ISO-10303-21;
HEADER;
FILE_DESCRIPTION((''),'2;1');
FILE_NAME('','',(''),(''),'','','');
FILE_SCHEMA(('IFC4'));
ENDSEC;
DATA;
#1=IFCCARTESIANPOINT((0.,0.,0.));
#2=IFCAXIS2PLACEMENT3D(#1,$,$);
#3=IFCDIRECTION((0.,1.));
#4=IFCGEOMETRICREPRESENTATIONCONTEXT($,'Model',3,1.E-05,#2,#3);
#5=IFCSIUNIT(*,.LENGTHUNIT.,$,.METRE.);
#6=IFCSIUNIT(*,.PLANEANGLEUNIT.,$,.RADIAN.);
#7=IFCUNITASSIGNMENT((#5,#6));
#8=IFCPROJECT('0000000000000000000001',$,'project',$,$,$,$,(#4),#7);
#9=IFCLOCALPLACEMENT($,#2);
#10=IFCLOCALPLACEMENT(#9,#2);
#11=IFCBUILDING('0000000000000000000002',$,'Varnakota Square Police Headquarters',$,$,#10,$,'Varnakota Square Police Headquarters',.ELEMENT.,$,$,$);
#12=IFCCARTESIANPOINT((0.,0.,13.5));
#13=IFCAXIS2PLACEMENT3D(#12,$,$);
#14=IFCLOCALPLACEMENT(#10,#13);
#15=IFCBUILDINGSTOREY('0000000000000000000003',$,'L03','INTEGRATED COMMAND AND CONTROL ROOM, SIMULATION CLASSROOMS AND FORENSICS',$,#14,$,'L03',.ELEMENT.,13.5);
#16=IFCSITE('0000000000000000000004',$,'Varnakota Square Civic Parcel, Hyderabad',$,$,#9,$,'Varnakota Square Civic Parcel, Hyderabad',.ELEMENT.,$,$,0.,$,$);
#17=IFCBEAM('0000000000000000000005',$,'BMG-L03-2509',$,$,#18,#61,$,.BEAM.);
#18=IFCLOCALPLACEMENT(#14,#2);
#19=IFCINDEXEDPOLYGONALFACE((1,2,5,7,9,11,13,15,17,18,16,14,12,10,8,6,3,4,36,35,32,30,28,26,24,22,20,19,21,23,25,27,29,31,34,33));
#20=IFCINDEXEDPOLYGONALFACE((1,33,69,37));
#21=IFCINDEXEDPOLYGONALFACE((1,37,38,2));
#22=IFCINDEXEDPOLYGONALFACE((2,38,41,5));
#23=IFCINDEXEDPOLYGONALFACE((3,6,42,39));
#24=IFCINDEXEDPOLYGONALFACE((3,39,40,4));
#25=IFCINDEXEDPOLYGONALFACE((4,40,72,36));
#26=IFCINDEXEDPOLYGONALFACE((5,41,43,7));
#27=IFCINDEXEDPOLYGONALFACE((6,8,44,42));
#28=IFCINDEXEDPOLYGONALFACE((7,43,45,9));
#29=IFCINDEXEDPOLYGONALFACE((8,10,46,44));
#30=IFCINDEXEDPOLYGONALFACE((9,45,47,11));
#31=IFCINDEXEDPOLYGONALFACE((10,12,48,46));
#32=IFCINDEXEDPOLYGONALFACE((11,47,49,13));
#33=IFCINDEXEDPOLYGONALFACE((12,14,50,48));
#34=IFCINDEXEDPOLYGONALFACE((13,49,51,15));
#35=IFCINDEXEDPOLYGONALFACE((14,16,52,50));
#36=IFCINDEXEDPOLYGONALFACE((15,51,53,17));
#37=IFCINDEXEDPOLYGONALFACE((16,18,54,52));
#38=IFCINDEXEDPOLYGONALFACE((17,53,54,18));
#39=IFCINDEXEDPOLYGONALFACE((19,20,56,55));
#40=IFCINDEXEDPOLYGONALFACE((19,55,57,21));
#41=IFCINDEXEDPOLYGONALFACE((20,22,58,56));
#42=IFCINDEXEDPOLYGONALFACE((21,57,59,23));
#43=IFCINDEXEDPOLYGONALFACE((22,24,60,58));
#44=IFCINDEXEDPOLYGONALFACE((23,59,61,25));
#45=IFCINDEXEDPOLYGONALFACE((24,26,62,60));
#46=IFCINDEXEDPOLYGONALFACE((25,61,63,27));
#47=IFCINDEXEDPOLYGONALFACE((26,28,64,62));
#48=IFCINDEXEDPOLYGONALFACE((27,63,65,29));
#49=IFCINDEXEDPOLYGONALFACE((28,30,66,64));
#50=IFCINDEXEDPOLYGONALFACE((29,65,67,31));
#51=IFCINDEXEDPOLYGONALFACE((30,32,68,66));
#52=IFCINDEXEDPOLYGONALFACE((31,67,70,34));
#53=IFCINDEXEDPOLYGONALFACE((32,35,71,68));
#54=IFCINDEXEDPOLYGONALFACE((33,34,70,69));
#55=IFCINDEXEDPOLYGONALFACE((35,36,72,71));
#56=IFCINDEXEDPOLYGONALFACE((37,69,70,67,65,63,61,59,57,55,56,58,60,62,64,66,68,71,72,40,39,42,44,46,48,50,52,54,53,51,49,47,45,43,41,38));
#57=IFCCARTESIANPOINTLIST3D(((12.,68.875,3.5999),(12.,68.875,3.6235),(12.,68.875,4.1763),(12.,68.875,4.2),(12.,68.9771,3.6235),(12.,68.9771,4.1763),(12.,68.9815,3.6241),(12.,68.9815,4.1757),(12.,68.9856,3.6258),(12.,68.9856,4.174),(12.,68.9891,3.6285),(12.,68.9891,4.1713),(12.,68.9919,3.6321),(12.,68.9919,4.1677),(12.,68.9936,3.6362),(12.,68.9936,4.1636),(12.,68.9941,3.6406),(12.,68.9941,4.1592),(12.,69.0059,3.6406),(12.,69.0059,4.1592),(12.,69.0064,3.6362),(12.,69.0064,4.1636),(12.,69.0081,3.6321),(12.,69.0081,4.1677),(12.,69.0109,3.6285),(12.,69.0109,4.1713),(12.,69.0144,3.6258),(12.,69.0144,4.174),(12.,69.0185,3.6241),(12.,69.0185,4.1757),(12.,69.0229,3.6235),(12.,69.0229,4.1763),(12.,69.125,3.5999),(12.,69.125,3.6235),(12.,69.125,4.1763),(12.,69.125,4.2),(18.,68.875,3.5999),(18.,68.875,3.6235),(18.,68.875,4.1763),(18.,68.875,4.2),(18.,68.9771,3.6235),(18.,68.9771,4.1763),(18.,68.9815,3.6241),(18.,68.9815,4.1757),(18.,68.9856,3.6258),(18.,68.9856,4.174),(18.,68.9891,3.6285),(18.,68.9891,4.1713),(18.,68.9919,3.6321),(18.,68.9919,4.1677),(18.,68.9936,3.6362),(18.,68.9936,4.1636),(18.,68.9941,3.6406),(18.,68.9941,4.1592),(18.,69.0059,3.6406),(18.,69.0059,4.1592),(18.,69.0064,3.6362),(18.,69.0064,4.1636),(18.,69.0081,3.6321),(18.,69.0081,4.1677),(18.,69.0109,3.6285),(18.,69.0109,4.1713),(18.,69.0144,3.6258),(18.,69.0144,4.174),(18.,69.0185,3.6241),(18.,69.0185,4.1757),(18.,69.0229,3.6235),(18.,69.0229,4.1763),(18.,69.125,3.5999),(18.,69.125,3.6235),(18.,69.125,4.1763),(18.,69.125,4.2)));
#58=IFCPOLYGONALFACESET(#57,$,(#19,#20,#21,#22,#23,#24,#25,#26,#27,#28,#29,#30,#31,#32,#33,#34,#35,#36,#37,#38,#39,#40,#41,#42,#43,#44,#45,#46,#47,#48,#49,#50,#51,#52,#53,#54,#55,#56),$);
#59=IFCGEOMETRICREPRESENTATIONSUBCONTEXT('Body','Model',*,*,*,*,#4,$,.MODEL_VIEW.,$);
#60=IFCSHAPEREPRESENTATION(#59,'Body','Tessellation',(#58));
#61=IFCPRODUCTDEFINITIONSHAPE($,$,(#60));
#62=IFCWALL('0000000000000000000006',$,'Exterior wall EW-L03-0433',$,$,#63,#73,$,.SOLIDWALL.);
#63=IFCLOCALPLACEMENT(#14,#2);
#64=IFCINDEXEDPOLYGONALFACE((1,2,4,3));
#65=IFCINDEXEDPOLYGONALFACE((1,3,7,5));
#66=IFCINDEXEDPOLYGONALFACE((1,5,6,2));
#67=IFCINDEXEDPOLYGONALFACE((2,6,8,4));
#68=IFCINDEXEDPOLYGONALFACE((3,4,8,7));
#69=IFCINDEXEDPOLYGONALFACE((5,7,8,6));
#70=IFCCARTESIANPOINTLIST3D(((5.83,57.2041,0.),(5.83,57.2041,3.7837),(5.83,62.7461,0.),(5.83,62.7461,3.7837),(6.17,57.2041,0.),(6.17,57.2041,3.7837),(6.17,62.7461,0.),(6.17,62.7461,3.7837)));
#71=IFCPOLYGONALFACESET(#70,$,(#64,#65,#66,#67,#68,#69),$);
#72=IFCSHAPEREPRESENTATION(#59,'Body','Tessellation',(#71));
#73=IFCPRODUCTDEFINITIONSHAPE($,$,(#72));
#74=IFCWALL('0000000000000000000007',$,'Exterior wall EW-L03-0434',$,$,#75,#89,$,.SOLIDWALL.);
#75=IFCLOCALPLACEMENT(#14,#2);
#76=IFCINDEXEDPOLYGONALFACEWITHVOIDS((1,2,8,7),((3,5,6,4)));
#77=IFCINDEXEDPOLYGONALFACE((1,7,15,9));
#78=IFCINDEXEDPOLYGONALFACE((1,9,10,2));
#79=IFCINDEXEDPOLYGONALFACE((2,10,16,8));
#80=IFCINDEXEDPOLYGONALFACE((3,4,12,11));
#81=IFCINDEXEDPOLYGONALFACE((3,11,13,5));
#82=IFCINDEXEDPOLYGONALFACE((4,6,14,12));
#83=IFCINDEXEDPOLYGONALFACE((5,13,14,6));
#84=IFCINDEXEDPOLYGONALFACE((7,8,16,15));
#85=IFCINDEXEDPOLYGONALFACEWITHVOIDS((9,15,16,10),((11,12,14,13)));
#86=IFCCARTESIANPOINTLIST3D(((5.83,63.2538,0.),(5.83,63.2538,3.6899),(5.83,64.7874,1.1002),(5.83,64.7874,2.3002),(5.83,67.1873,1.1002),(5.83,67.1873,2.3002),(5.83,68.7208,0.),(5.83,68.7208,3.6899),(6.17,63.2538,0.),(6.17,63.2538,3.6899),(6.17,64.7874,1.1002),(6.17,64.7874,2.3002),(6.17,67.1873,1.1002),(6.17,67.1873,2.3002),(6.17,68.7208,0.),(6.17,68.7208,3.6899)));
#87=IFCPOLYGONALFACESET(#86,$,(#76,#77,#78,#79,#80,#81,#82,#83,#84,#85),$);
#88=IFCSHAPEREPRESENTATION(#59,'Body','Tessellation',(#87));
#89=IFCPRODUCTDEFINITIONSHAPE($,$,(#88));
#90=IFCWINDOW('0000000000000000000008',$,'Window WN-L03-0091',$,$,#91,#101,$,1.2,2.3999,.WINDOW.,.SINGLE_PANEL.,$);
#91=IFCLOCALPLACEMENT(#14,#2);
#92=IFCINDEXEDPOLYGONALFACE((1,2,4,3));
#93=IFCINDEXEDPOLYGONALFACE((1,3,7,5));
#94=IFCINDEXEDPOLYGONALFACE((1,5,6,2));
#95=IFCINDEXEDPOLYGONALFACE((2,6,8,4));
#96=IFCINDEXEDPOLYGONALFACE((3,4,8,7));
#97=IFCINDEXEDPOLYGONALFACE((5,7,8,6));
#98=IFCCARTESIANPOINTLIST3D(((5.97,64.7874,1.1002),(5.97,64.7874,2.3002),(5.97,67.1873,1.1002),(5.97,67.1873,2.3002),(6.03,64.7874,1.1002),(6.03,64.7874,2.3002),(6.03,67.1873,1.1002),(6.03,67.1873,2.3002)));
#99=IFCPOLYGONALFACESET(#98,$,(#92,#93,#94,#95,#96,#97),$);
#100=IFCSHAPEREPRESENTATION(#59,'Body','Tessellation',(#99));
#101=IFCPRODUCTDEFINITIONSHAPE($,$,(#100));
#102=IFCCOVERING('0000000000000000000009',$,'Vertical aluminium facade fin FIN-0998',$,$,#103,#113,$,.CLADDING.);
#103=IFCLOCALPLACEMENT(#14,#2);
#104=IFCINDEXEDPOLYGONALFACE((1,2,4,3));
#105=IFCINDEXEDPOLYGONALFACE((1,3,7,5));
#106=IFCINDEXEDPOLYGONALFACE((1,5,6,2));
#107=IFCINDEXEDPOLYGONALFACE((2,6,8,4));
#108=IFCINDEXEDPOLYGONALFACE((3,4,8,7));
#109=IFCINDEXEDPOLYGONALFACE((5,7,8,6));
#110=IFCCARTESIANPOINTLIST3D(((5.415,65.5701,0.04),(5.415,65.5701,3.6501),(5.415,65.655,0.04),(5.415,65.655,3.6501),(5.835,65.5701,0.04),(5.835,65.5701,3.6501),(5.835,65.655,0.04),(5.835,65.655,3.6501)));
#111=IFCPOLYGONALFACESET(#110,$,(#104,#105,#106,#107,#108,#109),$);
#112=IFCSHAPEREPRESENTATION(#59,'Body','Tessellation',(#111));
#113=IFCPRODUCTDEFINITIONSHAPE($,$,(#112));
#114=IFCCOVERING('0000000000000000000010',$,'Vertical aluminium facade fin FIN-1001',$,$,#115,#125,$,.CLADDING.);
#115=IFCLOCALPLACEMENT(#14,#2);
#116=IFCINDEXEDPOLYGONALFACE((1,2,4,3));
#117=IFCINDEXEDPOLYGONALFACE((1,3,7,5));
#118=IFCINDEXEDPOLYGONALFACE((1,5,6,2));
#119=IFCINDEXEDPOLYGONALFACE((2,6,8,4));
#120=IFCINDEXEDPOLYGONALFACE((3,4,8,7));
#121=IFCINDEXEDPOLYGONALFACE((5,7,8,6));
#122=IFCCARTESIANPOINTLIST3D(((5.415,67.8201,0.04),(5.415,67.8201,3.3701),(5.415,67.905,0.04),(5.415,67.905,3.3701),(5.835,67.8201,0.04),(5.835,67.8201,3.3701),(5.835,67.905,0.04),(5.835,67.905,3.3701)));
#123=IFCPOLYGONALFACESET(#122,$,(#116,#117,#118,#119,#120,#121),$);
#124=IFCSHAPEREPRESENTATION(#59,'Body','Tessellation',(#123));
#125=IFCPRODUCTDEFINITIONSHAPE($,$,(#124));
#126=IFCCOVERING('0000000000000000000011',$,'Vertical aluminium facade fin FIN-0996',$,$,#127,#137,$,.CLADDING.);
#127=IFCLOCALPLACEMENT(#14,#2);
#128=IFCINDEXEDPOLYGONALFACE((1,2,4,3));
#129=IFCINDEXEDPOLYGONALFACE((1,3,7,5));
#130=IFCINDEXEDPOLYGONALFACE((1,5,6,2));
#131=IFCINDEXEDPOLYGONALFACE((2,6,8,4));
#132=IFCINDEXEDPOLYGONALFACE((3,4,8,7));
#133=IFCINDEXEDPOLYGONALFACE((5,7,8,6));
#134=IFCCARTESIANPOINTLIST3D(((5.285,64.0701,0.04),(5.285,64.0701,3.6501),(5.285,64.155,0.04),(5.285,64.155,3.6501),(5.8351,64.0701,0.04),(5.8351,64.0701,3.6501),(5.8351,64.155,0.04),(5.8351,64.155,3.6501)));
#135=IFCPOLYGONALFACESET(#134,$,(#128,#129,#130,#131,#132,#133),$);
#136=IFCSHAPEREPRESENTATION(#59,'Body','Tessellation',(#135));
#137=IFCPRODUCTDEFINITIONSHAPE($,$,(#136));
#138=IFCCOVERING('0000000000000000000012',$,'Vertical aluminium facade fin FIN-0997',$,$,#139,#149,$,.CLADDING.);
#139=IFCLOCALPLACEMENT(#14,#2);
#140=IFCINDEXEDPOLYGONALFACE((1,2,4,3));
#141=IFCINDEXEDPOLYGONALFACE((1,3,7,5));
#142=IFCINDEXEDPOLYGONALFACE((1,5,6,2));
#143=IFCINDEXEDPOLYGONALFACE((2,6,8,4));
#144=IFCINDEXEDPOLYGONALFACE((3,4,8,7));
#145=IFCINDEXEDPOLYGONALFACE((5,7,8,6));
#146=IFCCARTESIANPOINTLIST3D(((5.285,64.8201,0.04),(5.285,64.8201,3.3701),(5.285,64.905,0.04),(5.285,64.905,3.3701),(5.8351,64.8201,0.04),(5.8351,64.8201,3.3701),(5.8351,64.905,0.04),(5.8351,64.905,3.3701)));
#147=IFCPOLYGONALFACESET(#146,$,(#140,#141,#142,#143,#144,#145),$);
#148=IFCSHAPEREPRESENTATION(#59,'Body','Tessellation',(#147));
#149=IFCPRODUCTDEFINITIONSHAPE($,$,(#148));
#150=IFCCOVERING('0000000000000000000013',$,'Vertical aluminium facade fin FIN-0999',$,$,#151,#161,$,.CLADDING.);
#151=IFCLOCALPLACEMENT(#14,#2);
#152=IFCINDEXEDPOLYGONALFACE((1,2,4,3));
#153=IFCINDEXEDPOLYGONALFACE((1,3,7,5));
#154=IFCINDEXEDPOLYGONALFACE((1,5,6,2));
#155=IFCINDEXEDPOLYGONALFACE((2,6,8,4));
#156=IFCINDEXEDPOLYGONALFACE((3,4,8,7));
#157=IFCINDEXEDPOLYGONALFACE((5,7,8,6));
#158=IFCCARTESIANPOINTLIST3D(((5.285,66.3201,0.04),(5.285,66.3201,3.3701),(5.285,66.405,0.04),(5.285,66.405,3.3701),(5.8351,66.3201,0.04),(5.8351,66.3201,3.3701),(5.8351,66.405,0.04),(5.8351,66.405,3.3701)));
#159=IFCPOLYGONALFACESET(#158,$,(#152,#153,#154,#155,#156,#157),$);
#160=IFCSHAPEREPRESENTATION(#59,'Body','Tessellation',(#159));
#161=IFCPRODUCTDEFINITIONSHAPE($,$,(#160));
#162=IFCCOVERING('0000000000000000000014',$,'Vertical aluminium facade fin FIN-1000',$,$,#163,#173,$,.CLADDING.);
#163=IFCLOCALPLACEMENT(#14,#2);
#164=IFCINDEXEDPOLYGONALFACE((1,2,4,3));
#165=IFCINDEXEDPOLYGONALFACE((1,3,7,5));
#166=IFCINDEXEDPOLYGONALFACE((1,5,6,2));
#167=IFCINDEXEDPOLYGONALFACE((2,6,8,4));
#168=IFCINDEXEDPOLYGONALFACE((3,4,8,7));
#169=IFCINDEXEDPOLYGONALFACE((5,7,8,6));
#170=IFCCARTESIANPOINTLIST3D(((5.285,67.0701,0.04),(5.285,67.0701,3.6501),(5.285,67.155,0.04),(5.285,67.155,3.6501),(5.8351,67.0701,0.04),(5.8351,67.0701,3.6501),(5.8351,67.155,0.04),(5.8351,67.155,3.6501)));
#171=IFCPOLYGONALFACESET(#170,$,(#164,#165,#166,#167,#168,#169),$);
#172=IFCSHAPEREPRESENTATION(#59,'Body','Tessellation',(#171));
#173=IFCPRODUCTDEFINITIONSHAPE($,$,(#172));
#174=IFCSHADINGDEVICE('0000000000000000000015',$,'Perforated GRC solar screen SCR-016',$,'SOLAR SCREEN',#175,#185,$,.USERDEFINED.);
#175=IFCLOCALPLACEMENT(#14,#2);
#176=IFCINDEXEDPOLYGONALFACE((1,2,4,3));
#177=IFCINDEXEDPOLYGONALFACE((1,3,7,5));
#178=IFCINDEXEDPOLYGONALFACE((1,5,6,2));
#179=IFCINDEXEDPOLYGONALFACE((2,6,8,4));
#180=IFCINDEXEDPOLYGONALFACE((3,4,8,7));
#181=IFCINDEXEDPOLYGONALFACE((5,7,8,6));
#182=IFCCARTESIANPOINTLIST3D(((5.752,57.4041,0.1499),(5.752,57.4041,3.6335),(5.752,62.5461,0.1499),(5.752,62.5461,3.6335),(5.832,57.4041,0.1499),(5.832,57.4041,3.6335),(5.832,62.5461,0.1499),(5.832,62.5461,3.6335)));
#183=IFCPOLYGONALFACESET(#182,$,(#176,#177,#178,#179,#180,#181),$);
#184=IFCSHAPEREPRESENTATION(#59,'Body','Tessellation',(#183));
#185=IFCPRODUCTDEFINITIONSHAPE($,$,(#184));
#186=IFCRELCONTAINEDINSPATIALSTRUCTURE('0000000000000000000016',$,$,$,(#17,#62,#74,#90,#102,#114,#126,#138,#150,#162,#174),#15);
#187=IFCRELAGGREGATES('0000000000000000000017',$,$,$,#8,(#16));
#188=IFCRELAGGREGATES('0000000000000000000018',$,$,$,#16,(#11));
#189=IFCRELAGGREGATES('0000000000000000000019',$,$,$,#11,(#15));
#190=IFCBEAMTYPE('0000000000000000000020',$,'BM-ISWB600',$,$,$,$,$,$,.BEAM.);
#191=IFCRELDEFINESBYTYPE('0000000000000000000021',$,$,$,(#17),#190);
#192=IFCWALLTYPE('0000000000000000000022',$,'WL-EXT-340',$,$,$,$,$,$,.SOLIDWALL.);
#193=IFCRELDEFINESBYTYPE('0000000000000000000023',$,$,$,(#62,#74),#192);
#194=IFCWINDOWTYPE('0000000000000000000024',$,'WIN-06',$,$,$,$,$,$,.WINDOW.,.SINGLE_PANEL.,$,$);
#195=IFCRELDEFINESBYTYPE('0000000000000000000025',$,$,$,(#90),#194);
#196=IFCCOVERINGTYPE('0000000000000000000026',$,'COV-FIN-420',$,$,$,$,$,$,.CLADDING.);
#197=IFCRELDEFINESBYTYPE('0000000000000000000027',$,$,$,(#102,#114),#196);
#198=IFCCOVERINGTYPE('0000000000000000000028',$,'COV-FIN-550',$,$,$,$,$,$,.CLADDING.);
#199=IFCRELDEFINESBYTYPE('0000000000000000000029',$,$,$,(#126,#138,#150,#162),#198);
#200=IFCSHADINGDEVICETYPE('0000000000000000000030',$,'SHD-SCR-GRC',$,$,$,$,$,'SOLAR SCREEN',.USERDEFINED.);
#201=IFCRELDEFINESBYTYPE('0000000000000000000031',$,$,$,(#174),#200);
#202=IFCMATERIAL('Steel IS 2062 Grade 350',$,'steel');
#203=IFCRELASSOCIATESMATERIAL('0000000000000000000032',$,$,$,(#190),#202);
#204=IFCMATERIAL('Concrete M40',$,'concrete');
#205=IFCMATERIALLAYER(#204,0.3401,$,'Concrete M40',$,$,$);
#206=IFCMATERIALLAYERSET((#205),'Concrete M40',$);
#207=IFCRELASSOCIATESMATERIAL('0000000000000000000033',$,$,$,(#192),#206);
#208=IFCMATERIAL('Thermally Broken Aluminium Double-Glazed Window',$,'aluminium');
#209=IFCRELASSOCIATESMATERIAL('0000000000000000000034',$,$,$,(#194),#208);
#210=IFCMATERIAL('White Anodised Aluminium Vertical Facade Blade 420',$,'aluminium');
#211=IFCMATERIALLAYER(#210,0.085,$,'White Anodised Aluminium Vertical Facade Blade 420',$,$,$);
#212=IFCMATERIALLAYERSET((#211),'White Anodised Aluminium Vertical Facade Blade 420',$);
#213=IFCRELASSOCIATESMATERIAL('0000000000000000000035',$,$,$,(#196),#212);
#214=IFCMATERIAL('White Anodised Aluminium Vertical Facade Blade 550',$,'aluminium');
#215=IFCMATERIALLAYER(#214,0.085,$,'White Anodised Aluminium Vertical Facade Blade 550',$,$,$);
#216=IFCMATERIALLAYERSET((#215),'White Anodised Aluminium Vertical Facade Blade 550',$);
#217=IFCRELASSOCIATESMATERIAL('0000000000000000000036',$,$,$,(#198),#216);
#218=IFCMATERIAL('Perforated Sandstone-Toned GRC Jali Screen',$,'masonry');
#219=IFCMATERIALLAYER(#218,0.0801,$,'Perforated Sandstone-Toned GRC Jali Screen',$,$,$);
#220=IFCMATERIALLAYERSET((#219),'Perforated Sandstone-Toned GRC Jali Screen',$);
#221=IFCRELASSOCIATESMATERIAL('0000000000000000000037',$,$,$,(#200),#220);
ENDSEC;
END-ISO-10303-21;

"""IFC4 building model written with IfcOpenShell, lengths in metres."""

from ifc_helpers import new_model, si_unit, direction, frame, frame_2d, origin, origin_2d, place, context, subcontext, project, spatial, rectangle, i_section, extrude, material, layer, layer_set, material_profile, profile_set, type_object, element, fill, save


model = new_model("IFC4")

# Units and contexts
model_context = context("Model", 3, precision=1e-05, world=origin(), true_north=direction((0.0, 1.0)))
body_context = subcontext(model_context, "Body", "Model", "MODEL_VIEW")
ifc_project = project(units=[si_unit("LENGTHUNIT", "METRE"), si_unit("PLANEANGLEUNIT", "RADIAN")], contexts=[model_context])

# Site, building, storey
site_placement = place(None, origin())
site = spatial("IfcSite", under=ifc_project, at=site_placement, Name="Varnakota Square Civic Parcel, Hyderabad", LongName="Varnakota Square Civic Parcel, Hyderabad", CompositionType="ELEMENT", RefElevation=0.0)
building_placement = place(site_placement, origin())
building = spatial("IfcBuilding", under=site, at=building_placement, Name="Varnakota Square Police Headquarters", LongName="Varnakota Square Police Headquarters", CompositionType="ELEMENT")
storey_placement = place(building_placement, frame((0.0, 0.0, 13.5)))
storey = spatial("IfcBuildingStorey", under=building, at=storey_placement, Name="L03", Description="INTEGRATED COMMAND AND CONTROL ROOM, SIMULATION CLASSROOMS AND FORENSICS", LongName="L03", CompositionType="ELEMENT", Elevation=13.5)

# Shared definitions
ifc_material_1 = material(Name="Steel IS 2062 Grade 350", Category="steel")

# Beam
ifc_material_profile_1 = material_profile(ifc_material_1, i_section(OverallWidth=0.25, OverallDepth=0.6001, WebThickness=0.0117, FlangeThickness=0.0237, FilletRadius=0.0171, at=origin_2d()), Name="ISWB 600")
ifc_profile_set_1 = profile_set([ifc_material_profile_1], Name="Steel IS 2062 Grade 350")
beam_type_1 = type_object("IfcBeamType", Name="BM-ISWB600", PredefinedType="BEAM", material=ifc_profile_set_1)
for number, where, z_axis, x_axis, name in (
    (1, (12.0, 69.0, 3.8999), (1.0, 0.0, 0.0), (0.0, 1.0, 0.0), "BMG-L03-2509"),
):
    element("IfcBeam", number, at=place(storey_placement, frame(where, z_axis=z_axis, x_axis=x_axis)), inside=storey, type_object=beam_type_1, Name=name, PredefinedType="BEAM", context=body_context, shape_type="SweptSolid", body=[
        extrude(i_section(OverallWidth=0.25, OverallDepth=0.6001, WebThickness=0.0117, FlangeThickness=0.0237, FilletRadius=0.0171, at=origin_2d()), origin(), (0.0, 0.0, 1.0), 6.0),
    ])

# Wall
ifc_material_2 = material(Name="Concrete M40", Category="concrete")
ifc_layer_1 = layer(ifc_material_2, 0.3401, Name="Concrete M40")
ifc_layer_set_1 = layer_set([ifc_layer_1], Name="Concrete M40")
wall_type = type_object("IfcWallType", Name="WL-EXT-340", PredefinedType="SOLIDWALL", material=ifc_layer_set_1)
wall_1_placement = place(storey_placement, frame((6.0, 57.2041, 0.0), z_axis=(0.0, 0.0, 1.0), x_axis=(0.0, 1.0, 0.0)))
element("IfcWall", 2, at=wall_1_placement, inside=storey, type_object=wall_type, Name="Exterior wall EW-L03-0433", PredefinedType="SOLIDWALL", context=body_context, shape_type="SweptSolid", body=[
    extrude(rectangle(XDim=5.542, YDim=0.3401, at=frame_2d((2.771, 0.0))), origin(), (0.0, 0.0, 1.0), 3.7837),
])

# Wall, opening, window
wall_2_placement = place(storey_placement, frame((6.0, 63.2539, 0.0), z_axis=(0.0, 0.0, 1.0), x_axis=(0.0, 1.0, 0.0)))
wall_2 = element("IfcWall", 3, at=wall_2_placement, inside=storey, type_object=wall_type, Name="Exterior wall EW-L03-0434", PredefinedType="SOLIDWALL", context=body_context, shape_type="SweptSolid", body=[
    extrude(rectangle(XDim=5.467, YDim=0.3401, at=frame_2d((2.7334, 0.0))), origin(), (0.0, 0.0, 1.0), 3.6899),
])
opening_placement = place(wall_2_placement, frame((1.5334, 0.0, 1.1001)))
opening = element("IfcOpeningElement", 4, at=opening_placement, cuts=wall_2, PredefinedType="OPENING", context=body_context, shape_type="SweptSolid", body=[
    extrude(rectangle(XDim=2.3999, YDim=1.2, at=frame_2d((1.2, 0.6001))), frame((0.0, 0.1799, 0.0), z_axis=(0.0, -1.0, 0.0), x_axis=(1.0, 0.0, 0.0)), (0.0, 0.0, 1.0), 0.3601),
])
ifc_material_3 = material(Name="Thermally Broken Aluminium Double-Glazed Window", Category="aluminium")
window_type = type_object("IfcWindowType", Name="WIN-06", PartitioningType="SINGLE_PANEL", PredefinedType="WINDOW", material=ifc_material_3)
window_placement = place(opening_placement, origin())
window = element("IfcWindow", 5, at=window_placement, inside=storey, type_object=window_type, Name="Window WN-L03-0091", OverallHeight=1.2, OverallWidth=2.3999, PartitioningType="SINGLE_PANEL", PredefinedType="WINDOW", context=body_context, shape_type="SweptSolid", body=[
    extrude(rectangle(XDim=2.3999, YDim=1.2, at=frame_2d((1.2, 0.6001))), frame((0.0, 0.03, 0.0), z_axis=(0.0, -1.0, 0.0), x_axis=(1.0, 0.0, 0.0)), (0.0, 0.0, 1.0), 0.0601),
])
fill(opening, window)

# Coverings
ifc_material_4 = material(Name="White Anodised Aluminium Vertical Facade Blade 420", Category="aluminium")
ifc_layer_2 = layer(ifc_material_4, 0.085, Name="White Anodised Aluminium Vertical Facade Blade 420")
ifc_layer_set_2 = layer_set([ifc_layer_2], Name="White Anodised Aluminium Vertical Facade Blade 420")
covering_type_1 = type_object("IfcCoveringType", Name="COV-FIN-420", PredefinedType="CLADDING", material=ifc_layer_set_2)
covering_1_placement = place(storey_placement, frame((5.625, 65.6125, 0.04), z_axis=(0.0, 0.0, 1.0), x_axis=(0.0, 1.0, 0.0)))
element("IfcCovering", 6, at=covering_1_placement, inside=storey, type_object=covering_type_1, Name="Vertical aluminium facade fin FIN-0998", PredefinedType="CLADDING", context=body_context, shape_type="SweptSolid", body=[
    extrude(rectangle(XDim=0.085, YDim=0.4199, at=origin_2d()), origin(), (0.0, 0.0, 1.0), 3.6101),
])
covering_2_placement = place(storey_placement, frame((5.625, 67.8625, 0.04), z_axis=(0.0, 0.0, 1.0), x_axis=(0.0, 1.0, 0.0)))
element("IfcCovering", 7, at=covering_2_placement, inside=storey, type_object=covering_type_1, Name="Vertical aluminium facade fin FIN-1001", PredefinedType="CLADDING", context=body_context, shape_type="SweptSolid", body=[
    extrude(rectangle(XDim=0.085, YDim=0.4199, at=origin_2d()), origin(), (0.0, 0.0, 1.0), 3.3301),
])
ifc_material_5 = material(Name="White Anodised Aluminium Vertical Facade Blade 550", Category="aluminium")
ifc_layer_3 = layer(ifc_material_5, 0.085, Name="White Anodised Aluminium Vertical Facade Blade 550")
ifc_layer_set_3 = layer_set([ifc_layer_3], Name="White Anodised Aluminium Vertical Facade Blade 550")
covering_type_2 = type_object("IfcCoveringType", Name="COV-FIN-550", PredefinedType="CLADDING", material=ifc_layer_set_3)
covering_3_placement = place(storey_placement, frame((5.5601, 64.1125, 0.04), z_axis=(0.0, 0.0, 1.0), x_axis=(0.0, 1.0, 0.0)))
element("IfcCovering", 8, at=covering_3_placement, inside=storey, type_object=covering_type_2, Name="Vertical aluminium facade fin FIN-0996", PredefinedType="CLADDING", context=body_context, shape_type="SweptSolid", body=[
    extrude(rectangle(XDim=0.085, YDim=0.55, at=origin_2d()), origin(), (0.0, 0.0, 1.0), 3.6101),
])
for number, where, z_axis, x_axis, name in (
    (9, (5.5601, 64.8625, 0.04), (0.0, 0.0, 1.0), (0.0, 1.0, 0.0), "Vertical aluminium facade fin FIN-0997"),
    (10, (5.5601, 66.3625, 0.04), (0.0, 0.0, 1.0), (0.0, 1.0, 0.0), "Vertical aluminium facade fin FIN-0999"),
):
    element("IfcCovering", number, at=place(storey_placement, frame(where, z_axis=z_axis, x_axis=x_axis)), inside=storey, type_object=covering_type_2, Name=name, PredefinedType="CLADDING", context=body_context, shape_type="SweptSolid", body=[
        extrude(rectangle(XDim=0.085, YDim=0.55, at=origin_2d()), origin(), (0.0, 0.0, 1.0), 3.3301),
    ])
covering_4_placement = place(storey_placement, frame((5.5601, 67.1125, 0.04), z_axis=(0.0, 0.0, 1.0), x_axis=(0.0, 1.0, 0.0)))
element("IfcCovering", 11, at=covering_4_placement, inside=storey, type_object=covering_type_2, Name="Vertical aluminium facade fin FIN-1000", PredefinedType="CLADDING", context=body_context, shape_type="SweptSolid", body=[
    extrude(rectangle(XDim=0.085, YDim=0.55, at=origin_2d()), origin(), (0.0, 0.0, 1.0), 3.6101),
])

# Shading device
ifc_material_6 = material(Name="Perforated Sandstone-Toned GRC Jali Screen", Category="masonry")
ifc_layer_4 = layer(ifc_material_6, 0.0801, Name="Perforated Sandstone-Toned GRC Jali Screen")
ifc_layer_set_4 = layer_set([ifc_layer_4], Name="Perforated Sandstone-Toned GRC Jali Screen")
shading_device_type = type_object("IfcShadingDeviceType", Name="SHD-SCR-GRC", ElementType="SOLAR SCREEN", PredefinedType="USERDEFINED", material=ifc_layer_set_4)
shading_device_placement = place(storey_placement, frame((5.792, 59.9751, 0.1499), z_axis=(0.0, 0.0, 1.0), x_axis=(0.0, 1.0, 0.0)))
element("IfcShadingDevice", 12, at=shading_device_placement, inside=storey, type_object=shading_device_type, Name="Perforated GRC solar screen SCR-016", ObjectType="SOLAR SCREEN", PredefinedType="USERDEFINED", context=body_context, shape_type="SweptSolid", body=[
    extrude(rectangle(XDim=5.1421, YDim=0.0801, at=origin_2d()), origin(), (0.0, 0.0, 1.0), 3.4836),
])

save(model, "model.ifc")
